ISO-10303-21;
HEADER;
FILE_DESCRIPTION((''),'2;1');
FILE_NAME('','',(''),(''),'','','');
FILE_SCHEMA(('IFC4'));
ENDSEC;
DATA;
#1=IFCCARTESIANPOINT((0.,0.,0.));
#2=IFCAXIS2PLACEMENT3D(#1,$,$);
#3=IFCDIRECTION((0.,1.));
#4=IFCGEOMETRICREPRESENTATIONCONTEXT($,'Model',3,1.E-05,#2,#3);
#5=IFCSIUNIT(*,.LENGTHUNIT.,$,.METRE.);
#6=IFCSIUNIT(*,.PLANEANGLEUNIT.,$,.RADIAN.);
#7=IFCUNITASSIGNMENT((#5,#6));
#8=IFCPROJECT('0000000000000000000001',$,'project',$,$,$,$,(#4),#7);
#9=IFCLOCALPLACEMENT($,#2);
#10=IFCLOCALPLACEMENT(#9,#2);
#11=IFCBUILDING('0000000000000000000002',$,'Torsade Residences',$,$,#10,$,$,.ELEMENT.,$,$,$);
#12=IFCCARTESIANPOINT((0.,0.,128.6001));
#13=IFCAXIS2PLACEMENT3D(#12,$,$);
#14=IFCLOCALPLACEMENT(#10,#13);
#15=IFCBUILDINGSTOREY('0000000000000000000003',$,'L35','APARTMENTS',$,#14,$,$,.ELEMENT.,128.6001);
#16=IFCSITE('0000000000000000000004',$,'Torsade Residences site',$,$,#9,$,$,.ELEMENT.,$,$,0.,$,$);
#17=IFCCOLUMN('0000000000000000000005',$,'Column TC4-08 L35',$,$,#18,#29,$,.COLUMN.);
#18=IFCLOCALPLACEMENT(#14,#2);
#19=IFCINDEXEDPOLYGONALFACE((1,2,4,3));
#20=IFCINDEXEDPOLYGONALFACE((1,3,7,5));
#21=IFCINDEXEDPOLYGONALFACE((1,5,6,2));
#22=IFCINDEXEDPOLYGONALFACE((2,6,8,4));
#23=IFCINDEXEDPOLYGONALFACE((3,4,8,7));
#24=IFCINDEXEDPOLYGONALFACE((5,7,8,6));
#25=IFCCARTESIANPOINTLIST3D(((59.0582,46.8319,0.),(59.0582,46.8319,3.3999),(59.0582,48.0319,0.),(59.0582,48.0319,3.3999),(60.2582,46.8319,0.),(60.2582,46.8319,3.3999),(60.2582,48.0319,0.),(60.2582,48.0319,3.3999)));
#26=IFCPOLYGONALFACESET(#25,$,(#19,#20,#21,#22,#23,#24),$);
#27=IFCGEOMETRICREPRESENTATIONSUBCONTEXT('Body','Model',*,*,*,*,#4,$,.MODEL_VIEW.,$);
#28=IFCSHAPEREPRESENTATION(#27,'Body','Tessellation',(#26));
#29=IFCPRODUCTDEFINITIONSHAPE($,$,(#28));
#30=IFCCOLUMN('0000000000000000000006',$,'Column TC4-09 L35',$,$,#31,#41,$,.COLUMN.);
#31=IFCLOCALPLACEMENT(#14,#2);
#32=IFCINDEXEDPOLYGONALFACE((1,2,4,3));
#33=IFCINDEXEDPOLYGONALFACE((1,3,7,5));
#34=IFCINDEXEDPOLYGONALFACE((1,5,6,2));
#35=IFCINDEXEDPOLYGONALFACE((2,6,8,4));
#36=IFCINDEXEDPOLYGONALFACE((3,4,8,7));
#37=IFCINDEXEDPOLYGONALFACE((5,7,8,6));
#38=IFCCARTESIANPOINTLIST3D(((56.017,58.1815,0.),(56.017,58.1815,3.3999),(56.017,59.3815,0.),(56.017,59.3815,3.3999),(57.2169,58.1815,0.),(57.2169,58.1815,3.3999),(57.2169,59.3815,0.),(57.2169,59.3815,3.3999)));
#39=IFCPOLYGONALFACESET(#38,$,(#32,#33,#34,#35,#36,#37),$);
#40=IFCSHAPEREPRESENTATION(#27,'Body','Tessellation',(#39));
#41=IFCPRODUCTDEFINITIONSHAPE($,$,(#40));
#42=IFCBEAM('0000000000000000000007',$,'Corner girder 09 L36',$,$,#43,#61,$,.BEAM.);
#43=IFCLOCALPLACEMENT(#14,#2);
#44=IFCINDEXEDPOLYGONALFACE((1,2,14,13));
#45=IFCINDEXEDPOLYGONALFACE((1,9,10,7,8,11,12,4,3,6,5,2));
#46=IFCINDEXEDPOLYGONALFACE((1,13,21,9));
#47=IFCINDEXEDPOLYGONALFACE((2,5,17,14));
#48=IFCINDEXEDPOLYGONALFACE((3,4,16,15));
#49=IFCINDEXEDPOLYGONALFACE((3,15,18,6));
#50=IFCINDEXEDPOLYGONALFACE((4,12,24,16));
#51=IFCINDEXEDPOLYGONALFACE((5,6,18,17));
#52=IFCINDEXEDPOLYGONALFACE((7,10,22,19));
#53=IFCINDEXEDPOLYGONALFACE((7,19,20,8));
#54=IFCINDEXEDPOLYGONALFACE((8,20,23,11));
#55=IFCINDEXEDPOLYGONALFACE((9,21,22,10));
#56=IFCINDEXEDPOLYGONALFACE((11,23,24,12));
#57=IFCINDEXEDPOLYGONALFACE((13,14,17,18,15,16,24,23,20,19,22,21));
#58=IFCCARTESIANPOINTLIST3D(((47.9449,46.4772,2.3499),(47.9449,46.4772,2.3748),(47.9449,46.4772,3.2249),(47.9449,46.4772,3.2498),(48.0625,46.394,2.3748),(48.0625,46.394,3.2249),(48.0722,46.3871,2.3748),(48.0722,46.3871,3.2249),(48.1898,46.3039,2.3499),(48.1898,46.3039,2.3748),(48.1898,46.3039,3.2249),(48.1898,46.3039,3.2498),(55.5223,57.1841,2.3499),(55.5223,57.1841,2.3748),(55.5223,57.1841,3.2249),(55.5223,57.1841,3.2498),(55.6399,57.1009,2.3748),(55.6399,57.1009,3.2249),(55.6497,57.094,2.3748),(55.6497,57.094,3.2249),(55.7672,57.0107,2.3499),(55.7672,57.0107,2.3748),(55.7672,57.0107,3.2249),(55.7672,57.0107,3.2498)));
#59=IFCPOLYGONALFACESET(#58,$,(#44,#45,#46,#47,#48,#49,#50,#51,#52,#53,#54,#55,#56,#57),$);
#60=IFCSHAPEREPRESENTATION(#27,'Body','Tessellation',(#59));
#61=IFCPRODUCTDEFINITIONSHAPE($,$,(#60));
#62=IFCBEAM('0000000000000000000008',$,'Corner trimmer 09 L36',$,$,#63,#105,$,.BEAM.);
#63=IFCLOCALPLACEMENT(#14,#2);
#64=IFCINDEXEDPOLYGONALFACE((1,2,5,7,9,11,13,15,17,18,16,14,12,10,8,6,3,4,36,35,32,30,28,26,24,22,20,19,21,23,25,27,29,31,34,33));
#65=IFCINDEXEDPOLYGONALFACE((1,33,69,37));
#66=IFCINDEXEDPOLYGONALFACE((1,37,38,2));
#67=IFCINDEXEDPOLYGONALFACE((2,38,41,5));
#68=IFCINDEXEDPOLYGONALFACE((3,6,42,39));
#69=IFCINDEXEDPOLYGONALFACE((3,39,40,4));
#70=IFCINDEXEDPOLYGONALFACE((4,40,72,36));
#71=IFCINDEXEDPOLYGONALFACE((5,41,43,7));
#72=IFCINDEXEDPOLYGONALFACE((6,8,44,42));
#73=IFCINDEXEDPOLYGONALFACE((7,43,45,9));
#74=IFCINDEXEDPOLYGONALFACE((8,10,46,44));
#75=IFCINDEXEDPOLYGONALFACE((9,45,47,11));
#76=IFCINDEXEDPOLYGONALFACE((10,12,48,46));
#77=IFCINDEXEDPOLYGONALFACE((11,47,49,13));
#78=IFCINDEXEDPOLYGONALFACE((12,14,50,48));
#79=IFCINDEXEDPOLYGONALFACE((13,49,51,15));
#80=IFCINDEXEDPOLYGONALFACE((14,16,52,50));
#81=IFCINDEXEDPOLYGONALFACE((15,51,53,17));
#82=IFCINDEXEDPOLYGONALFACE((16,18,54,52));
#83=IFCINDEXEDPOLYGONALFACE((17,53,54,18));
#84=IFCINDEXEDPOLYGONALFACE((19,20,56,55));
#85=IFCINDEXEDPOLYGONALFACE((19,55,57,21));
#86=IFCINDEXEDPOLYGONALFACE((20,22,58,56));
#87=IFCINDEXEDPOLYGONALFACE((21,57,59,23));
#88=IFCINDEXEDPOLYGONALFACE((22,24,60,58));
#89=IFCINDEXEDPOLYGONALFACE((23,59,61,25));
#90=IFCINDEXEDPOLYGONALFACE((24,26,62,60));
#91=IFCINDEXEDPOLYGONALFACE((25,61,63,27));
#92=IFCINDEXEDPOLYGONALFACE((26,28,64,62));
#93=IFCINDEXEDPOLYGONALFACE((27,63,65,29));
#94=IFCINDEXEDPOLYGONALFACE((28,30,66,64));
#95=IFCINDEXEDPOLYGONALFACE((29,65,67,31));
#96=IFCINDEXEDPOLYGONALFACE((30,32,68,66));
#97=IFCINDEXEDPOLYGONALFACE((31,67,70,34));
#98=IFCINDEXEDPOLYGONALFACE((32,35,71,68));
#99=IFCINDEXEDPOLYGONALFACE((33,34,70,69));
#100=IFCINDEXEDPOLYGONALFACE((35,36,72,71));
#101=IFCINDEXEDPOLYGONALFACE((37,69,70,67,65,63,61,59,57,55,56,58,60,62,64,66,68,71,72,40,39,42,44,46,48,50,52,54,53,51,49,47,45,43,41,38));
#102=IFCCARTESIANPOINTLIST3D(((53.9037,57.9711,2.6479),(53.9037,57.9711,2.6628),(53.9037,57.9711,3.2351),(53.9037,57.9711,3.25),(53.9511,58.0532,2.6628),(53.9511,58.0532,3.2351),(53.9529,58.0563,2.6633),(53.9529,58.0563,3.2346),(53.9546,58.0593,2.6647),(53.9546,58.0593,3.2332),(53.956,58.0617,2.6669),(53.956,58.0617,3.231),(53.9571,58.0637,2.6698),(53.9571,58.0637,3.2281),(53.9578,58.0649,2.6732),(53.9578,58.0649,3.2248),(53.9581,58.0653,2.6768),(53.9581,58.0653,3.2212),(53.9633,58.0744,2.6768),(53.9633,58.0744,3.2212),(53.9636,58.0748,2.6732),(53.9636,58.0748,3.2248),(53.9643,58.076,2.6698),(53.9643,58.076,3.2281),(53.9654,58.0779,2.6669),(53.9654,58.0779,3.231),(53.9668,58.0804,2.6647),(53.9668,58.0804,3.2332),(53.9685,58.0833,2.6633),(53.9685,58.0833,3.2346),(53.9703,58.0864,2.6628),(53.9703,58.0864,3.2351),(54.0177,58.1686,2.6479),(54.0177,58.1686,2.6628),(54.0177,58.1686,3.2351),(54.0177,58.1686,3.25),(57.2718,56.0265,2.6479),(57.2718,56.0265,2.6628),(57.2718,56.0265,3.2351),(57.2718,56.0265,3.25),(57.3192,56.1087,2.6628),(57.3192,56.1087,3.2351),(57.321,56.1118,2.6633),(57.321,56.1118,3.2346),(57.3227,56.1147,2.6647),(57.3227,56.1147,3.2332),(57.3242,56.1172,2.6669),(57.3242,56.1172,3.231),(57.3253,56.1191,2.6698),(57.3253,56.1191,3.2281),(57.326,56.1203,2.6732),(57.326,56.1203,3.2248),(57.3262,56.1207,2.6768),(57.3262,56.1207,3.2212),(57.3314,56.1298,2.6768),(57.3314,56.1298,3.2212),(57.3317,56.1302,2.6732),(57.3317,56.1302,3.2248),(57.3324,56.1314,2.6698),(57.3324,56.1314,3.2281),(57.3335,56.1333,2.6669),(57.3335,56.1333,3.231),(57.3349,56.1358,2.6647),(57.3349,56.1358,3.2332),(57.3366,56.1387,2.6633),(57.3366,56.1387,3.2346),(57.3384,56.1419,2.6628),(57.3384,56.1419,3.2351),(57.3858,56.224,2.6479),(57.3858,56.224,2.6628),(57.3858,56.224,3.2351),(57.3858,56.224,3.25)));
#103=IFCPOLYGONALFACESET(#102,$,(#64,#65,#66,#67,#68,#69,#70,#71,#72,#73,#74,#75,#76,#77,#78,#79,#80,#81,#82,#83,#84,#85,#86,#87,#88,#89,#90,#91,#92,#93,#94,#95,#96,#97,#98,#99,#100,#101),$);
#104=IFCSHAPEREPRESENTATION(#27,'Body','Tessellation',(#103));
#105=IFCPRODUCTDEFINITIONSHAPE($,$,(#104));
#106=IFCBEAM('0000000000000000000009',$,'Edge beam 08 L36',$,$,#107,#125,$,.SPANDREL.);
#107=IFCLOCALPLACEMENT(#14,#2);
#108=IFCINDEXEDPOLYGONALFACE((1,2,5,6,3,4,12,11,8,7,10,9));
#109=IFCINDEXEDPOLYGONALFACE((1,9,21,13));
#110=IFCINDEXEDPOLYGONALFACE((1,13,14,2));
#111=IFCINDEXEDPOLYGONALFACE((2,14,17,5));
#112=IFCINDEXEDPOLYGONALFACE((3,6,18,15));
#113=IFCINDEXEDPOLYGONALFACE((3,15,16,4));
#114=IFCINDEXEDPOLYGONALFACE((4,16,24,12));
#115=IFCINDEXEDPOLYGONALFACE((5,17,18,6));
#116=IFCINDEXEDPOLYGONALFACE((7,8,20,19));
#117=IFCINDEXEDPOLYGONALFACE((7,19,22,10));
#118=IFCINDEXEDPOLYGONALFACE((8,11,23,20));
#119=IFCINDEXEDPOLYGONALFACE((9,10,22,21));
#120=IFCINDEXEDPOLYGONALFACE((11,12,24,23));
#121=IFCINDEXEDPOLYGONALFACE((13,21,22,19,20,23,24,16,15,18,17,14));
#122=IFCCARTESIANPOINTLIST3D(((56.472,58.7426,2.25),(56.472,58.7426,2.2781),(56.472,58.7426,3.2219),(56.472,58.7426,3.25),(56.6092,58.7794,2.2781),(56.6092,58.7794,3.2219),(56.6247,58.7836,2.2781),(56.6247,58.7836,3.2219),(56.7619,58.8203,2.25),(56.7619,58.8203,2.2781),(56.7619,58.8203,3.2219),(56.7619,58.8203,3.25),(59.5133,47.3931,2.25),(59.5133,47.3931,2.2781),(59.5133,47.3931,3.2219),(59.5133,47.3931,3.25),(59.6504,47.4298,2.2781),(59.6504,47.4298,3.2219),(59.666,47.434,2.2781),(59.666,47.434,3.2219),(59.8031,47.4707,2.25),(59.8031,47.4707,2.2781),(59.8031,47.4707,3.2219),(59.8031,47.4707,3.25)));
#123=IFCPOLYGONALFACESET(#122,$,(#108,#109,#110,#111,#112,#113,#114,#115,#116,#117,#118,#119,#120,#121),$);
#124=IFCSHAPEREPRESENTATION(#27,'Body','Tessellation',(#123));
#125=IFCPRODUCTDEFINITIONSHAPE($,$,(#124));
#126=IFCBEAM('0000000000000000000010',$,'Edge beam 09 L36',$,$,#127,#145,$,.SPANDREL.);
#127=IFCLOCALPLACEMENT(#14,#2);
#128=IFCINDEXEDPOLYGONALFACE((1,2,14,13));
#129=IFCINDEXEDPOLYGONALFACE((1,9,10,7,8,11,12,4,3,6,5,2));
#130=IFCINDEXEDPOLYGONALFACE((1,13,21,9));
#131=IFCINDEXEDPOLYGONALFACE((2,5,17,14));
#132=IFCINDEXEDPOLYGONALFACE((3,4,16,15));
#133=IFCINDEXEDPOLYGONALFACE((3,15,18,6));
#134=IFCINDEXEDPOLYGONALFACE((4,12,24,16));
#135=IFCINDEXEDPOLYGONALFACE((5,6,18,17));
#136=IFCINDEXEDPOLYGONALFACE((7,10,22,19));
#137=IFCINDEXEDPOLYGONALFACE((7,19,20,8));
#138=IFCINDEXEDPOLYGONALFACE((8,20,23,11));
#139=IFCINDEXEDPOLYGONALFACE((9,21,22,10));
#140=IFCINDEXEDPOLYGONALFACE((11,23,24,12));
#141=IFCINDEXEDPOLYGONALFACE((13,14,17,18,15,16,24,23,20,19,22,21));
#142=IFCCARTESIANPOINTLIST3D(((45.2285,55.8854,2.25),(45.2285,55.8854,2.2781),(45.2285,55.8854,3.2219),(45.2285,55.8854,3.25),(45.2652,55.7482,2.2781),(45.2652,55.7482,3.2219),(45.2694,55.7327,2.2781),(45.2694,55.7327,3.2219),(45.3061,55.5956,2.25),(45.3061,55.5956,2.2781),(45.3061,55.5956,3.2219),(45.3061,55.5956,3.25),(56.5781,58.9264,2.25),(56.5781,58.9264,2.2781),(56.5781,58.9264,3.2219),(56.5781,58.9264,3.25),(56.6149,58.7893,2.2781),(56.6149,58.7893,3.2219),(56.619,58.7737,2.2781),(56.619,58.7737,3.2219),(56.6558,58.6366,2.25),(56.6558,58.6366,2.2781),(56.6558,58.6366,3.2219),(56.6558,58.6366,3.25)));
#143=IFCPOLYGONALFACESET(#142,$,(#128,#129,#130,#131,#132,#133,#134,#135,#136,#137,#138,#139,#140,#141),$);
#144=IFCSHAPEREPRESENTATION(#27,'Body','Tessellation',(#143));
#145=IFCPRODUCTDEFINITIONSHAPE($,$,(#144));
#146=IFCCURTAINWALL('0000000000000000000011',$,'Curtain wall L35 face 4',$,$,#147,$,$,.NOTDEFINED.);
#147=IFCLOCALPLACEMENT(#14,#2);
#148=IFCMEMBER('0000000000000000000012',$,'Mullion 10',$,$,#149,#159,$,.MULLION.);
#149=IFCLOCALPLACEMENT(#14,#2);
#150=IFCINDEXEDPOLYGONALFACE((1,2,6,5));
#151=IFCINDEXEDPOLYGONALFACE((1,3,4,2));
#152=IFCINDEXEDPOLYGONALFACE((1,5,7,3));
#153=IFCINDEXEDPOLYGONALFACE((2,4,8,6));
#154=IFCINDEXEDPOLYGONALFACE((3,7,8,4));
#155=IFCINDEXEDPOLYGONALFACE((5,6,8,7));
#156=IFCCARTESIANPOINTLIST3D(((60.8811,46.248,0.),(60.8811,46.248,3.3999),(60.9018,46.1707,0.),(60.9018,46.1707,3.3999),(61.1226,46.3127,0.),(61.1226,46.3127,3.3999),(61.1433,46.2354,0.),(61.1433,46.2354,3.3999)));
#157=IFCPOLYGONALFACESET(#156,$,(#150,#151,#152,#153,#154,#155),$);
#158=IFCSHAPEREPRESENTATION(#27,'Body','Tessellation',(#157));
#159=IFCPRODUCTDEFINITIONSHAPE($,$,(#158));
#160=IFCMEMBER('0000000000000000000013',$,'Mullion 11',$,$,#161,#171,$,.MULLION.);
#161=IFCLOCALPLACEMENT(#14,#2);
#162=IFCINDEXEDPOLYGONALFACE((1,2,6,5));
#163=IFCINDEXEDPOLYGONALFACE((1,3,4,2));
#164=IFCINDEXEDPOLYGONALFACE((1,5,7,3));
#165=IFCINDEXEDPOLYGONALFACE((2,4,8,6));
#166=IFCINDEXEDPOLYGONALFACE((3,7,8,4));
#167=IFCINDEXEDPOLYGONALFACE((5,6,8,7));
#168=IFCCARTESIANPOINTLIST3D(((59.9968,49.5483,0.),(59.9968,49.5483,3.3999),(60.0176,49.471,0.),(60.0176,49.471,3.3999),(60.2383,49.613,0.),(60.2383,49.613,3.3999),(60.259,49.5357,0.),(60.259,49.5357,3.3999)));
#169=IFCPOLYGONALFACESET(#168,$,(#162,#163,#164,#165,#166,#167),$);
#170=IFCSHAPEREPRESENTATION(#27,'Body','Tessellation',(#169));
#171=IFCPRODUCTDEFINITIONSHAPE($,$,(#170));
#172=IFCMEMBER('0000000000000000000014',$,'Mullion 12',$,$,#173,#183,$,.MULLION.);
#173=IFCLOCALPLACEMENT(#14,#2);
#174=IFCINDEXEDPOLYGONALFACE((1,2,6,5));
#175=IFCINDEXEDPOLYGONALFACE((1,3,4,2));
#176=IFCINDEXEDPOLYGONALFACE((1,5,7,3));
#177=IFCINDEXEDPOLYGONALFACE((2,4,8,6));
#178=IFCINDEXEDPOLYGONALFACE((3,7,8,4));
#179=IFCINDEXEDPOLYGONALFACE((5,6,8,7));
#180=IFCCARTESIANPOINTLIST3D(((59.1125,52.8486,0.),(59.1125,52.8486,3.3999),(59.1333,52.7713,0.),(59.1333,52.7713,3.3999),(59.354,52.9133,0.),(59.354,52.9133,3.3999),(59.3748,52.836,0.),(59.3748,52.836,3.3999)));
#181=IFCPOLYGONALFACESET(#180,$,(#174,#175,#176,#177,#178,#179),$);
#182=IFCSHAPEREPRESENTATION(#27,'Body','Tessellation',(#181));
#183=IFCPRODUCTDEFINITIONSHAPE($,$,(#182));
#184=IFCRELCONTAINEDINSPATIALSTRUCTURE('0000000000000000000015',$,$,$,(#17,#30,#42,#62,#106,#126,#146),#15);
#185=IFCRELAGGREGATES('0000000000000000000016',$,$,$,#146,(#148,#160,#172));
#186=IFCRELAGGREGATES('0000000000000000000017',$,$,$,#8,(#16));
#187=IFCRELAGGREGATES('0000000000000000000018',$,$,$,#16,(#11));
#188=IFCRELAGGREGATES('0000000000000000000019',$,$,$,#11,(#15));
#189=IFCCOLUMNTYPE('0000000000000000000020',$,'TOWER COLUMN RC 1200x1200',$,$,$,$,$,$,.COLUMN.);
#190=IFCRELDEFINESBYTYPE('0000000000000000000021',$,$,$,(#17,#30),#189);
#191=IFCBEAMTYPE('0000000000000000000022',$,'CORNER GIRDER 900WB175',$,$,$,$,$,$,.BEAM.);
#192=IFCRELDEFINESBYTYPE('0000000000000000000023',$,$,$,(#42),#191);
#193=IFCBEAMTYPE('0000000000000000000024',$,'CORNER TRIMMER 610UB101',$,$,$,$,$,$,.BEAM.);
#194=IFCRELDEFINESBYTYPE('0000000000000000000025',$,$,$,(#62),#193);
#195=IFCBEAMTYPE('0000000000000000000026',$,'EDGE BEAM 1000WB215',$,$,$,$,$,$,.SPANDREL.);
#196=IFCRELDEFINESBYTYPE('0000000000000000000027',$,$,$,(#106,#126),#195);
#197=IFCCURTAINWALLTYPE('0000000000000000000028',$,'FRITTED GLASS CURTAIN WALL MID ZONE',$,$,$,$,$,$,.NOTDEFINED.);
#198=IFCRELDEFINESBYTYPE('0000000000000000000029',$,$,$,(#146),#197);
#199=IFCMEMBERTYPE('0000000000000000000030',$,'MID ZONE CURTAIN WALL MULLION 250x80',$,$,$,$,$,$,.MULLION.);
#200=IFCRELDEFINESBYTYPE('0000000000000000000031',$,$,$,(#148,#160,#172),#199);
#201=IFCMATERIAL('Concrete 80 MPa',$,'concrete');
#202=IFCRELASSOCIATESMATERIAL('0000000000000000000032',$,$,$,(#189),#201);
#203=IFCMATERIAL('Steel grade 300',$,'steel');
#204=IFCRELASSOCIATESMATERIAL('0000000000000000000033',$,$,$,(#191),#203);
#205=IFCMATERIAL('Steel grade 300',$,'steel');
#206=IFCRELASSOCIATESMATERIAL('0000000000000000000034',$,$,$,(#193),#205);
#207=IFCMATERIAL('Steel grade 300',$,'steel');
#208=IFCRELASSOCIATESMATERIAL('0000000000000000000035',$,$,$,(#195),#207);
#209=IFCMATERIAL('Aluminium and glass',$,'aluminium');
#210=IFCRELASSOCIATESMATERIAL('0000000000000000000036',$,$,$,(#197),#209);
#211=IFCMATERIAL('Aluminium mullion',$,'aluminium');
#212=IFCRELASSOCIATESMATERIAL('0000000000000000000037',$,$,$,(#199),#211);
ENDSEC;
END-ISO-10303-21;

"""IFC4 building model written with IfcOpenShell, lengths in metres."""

from ifc_helpers import new_model, si_unit, direction, frame, origin, origin_2d, place, context, subcontext, project, spatial, rectangle, i_section, extrude, material, material_profile, profile_set, type_object, element, aggregate, save


model = new_model("IFC4")

# Units and contexts
model_context = context("Model", 3, precision=1e-05, world=origin(), true_north=direction((0.0, 1.0)))
body_context = subcontext(model_context, "Body", "Model", "MODEL_VIEW")
ifc_project = project(units=[si_unit("LENGTHUNIT", "METRE"), si_unit("PLANEANGLEUNIT", "RADIAN")], contexts=[model_context])

# Site, building, storey
site_placement = place(None, origin())
site = spatial("IfcSite", under=ifc_project, at=site_placement, Name="Torsade Residences site", CompositionType="ELEMENT", RefElevation=0.0)
building_placement = place(site_placement, origin())
building = spatial("IfcBuilding", under=site, at=building_placement, Name="Torsade Residences", CompositionType="ELEMENT")
storey_placement = place(building_placement, frame((0.0, 0.0, 128.6001)))
storey = spatial("IfcBuildingStorey", under=building, at=storey_placement, Name="L35", Description="APARTMENTS", CompositionType="ELEMENT", Elevation=128.6001)

# Columns
ifc_material_1 = material(Name="Concrete 80 MPa", Category="concrete")
ifc_material_profile_1 = material_profile(ifc_material_1, rectangle(XDim=1.2, YDim=1.2, at=origin_2d()), Name="RC 1200x1200")
ifc_profile_set_1 = profile_set([ifc_material_profile_1], Name="Concrete 80 MPa")
column_type = type_object("IfcColumnType", Name="TOWER COLUMN RC 1200x1200", PredefinedType="COLUMN", material=ifc_profile_set_1)
for number, where, z_axis, x_axis, name in (
    (1, (59.6582, 47.4319, 0.0), (0.0, 0.0, 1.0), (1.0, 0.0, 0.0), "Column TC4-08 L35"),
    (2, (56.6169, 58.7815, 0.0), (0.0, 0.0, 1.0), (1.0, 0.0, 0.0), "Column TC4-09 L35"),
):
    element("IfcColumn", number, at=place(storey_placement, frame(where, z_axis=z_axis, x_axis=x_axis)), inside=storey, type_object=column_type, Name=name, PredefinedType="COLUMN", context=body_context, shape_type="SweptSolid", body=[
        extrude(rectangle(XDim=1.2, YDim=1.2, at=origin_2d()), origin(), (0.0, 0.0, 1.0), 3.3999),
    ])

# Beams
ifc_material_2 = material(Name="Steel grade 300", Category="steel")
ifc_material_profile_2 = material_profile(ifc_material_2, i_section(OverallWidth=0.3, OverallDepth=0.8999, WebThickness=0.012, FlangeThickness=0.0249, at=origin_2d()), Name="900WB175")
ifc_profile_set_2 = profile_set([ifc_material_profile_2], Name="Steel grade 300")
beam_type_1 = type_object("IfcBeamType", Name="CORNER GIRDER 900WB175", PredefinedType="BEAM", material=ifc_profile_set_2)
beam_1_placement = place(storey_placement, frame((55.6448, 57.0974, 2.7998), z_axis=(-0.577683, -0.816261, 0.0), x_axis=(0.816261, -0.577683, 0.0)))
element("IfcBeam", 3, at=beam_1_placement, inside=storey, type_object=beam_type_1, Name="Corner girder 09 L36", PredefinedType="BEAM", context=body_context, shape_type="SweptSolid", body=[
    extrude(i_section(OverallWidth=0.3, OverallDepth=0.8999, WebThickness=0.012, FlangeThickness=0.0249, at=origin_2d()), origin(), (0.0, 0.0, 1.0), 13.1169),
])
ifc_material_3 = material(Name="Steel grade 300", Category="steel")
ifc_material_profile_3 = material_profile(ifc_material_3, i_section(OverallWidth=0.228, OverallDepth=0.6021, WebThickness=0.0105, FlangeThickness=0.0149, FilletRadius=0.0139, at=origin_2d()), Name="610UB101")
ifc_profile_set_3 = profile_set([ifc_material_profile_3], Name="Steel grade 300")
beam_type_2 = type_object("IfcBeamType", Name="CORNER TRIMMER 610UB101", PredefinedType="BEAM", material=ifc_profile_set_3)
beam_2_placement = place(storey_placement, frame((53.9607, 58.0698, 2.949), z_axis=(0.866029, -0.499994, 0.0), x_axis=(0.499994, 0.866029, 0.0)))
element("IfcBeam", 4, at=beam_2_placement, inside=storey, type_object=beam_type_2, Name="Corner trimmer 09 L36", PredefinedType="BEAM", context=body_context, shape_type="SweptSolid", body=[
    extrude(i_section(OverallWidth=0.228, OverallDepth=0.6021, WebThickness=0.0105, FlangeThickness=0.0149, FilletRadius=0.0139, at=origin_2d()), origin(), (0.0, 0.0, 1.0), 3.8892),
])
ifc_material_4 = material(Name="Steel grade 300", Category="steel")
ifc_material_profile_4 = material_profile(ifc_material_4, i_section(OverallWidth=0.3, OverallDepth=1.0, WebThickness=0.0161, FlangeThickness=0.0281, at=origin_2d()), Name="1000WB215")
ifc_profile_set_4 = profile_set([ifc_material_profile_4], Name="Steel grade 300")
beam_type_3 = type_object("IfcBeamType", Name="EDGE BEAM 1000WB215", PredefinedType="SPANDREL", material=ifc_profile_set_4)
for number, where, z_axis, x_axis, name in (
    (5, (59.6582, 47.4319, 2.75), (-0.25883, 0.965923, 0.0), (-0.965923, -0.25883, 0.0), "Edge beam 08 L36"),
    (6, (56.6169, 58.7815, 2.75), (-0.965928, -0.258811, 0.0), (0.258811, -0.965928, 0.0), "Edge beam 09 L36"),
):
    element("IfcBeam", number, at=place(storey_placement, frame(where, z_axis=z_axis, x_axis=x_axis)), inside=storey, type_object=beam_type_3, Name=name, PredefinedType="SPANDREL", context=body_context, shape_type="SweptSolid", body=[
        extrude(i_section(OverallWidth=0.3, OverallDepth=1.0, WebThickness=0.0161, FlangeThickness=0.0281, at=origin_2d()), origin(), (0.0, 0.0, 1.0), 11.75),
    ])

# Curtain wall, members
ifc_material_5 = material(Name="Aluminium and glass", Category="aluminium")
curtain_wall_type = type_object("IfcCurtainWallType", Name="FRITTED GLASS CURTAIN WALL MID ZONE", PredefinedType="NOTDEFINED", material=ifc_material_5)
curtain_wall_1_placement = place(storey_placement, origin())
curtain_wall_1 = element("IfcCurtainWall", 7, at=curtain_wall_1_placement, inside=storey, type_object=curtain_wall_type, Name="Curtain wall L35 face 4", PredefinedType="NOTDEFINED")
ifc_material_6 = material(Name="Aluminium mullion", Category="aluminium")
ifc_material_profile_5 = material_profile(ifc_material_6, rectangle(XDim=0.25, YDim=0.0801, at=origin_2d()), Name="MID ZONE CURTAIN WALL MULLION 250x80")
ifc_profile_set_5 = profile_set([ifc_material_profile_5], Name="Aluminium mullion")
member_type_1 = type_object("IfcMemberType", Name="MID ZONE CURTAIN WALL MULLION 250x80", PredefinedType="MULLION", material=ifc_profile_set_5)
member_1_placement = place(storey_placement, frame((61.0122, 46.2417, 0.0), z_axis=(0.0, 0.0, 1.0), x_axis=(-0.965926, -0.258819, 0.0)))
member_1 = element("IfcMember", 8, at=member_1_placement, type_object=member_type_1, Name="Mullion 10", PredefinedType="MULLION", context=body_context, shape_type="SweptSolid", body=[
    extrude(rectangle(XDim=0.25, YDim=0.0801, at=origin_2d()), origin(), (0.0, 0.0, 1.0), 3.3999),
])
member_2_placement = place(storey_placement, frame((60.1279, 49.542, 0.0), z_axis=(0.0, 0.0, 1.0), x_axis=(-0.965926, -0.258819, 0.0)))
member_2 = element("IfcMember", 9, at=member_2_placement, type_object=member_type_1, Name="Mullion 11", PredefinedType="MULLION", context=body_context, shape_type="SweptSolid", body=[
    extrude(rectangle(XDim=0.25, YDim=0.0801, at=origin_2d()), origin(), (0.0, 0.0, 1.0), 3.3999),
])
member_3_placement = place(storey_placement, frame((59.2437, 52.8423, 0.0), z_axis=(0.0, 0.0, 1.0), x_axis=(-0.965926, -0.258819, 0.0)))
member_3 = element("IfcMember", 10, at=member_3_placement, type_object=member_type_1, Name="Mullion 12", PredefinedType="MULLION", context=body_context, shape_type="SweptSolid", body=[
    extrude(rectangle(XDim=0.25, YDim=0.0801, at=origin_2d()), origin(), (0.0, 0.0, 1.0), 3.3999),
])

aggregate(curtain_wall_1, [member_1, member_2, member_3])

save(model, "model.ifc")
